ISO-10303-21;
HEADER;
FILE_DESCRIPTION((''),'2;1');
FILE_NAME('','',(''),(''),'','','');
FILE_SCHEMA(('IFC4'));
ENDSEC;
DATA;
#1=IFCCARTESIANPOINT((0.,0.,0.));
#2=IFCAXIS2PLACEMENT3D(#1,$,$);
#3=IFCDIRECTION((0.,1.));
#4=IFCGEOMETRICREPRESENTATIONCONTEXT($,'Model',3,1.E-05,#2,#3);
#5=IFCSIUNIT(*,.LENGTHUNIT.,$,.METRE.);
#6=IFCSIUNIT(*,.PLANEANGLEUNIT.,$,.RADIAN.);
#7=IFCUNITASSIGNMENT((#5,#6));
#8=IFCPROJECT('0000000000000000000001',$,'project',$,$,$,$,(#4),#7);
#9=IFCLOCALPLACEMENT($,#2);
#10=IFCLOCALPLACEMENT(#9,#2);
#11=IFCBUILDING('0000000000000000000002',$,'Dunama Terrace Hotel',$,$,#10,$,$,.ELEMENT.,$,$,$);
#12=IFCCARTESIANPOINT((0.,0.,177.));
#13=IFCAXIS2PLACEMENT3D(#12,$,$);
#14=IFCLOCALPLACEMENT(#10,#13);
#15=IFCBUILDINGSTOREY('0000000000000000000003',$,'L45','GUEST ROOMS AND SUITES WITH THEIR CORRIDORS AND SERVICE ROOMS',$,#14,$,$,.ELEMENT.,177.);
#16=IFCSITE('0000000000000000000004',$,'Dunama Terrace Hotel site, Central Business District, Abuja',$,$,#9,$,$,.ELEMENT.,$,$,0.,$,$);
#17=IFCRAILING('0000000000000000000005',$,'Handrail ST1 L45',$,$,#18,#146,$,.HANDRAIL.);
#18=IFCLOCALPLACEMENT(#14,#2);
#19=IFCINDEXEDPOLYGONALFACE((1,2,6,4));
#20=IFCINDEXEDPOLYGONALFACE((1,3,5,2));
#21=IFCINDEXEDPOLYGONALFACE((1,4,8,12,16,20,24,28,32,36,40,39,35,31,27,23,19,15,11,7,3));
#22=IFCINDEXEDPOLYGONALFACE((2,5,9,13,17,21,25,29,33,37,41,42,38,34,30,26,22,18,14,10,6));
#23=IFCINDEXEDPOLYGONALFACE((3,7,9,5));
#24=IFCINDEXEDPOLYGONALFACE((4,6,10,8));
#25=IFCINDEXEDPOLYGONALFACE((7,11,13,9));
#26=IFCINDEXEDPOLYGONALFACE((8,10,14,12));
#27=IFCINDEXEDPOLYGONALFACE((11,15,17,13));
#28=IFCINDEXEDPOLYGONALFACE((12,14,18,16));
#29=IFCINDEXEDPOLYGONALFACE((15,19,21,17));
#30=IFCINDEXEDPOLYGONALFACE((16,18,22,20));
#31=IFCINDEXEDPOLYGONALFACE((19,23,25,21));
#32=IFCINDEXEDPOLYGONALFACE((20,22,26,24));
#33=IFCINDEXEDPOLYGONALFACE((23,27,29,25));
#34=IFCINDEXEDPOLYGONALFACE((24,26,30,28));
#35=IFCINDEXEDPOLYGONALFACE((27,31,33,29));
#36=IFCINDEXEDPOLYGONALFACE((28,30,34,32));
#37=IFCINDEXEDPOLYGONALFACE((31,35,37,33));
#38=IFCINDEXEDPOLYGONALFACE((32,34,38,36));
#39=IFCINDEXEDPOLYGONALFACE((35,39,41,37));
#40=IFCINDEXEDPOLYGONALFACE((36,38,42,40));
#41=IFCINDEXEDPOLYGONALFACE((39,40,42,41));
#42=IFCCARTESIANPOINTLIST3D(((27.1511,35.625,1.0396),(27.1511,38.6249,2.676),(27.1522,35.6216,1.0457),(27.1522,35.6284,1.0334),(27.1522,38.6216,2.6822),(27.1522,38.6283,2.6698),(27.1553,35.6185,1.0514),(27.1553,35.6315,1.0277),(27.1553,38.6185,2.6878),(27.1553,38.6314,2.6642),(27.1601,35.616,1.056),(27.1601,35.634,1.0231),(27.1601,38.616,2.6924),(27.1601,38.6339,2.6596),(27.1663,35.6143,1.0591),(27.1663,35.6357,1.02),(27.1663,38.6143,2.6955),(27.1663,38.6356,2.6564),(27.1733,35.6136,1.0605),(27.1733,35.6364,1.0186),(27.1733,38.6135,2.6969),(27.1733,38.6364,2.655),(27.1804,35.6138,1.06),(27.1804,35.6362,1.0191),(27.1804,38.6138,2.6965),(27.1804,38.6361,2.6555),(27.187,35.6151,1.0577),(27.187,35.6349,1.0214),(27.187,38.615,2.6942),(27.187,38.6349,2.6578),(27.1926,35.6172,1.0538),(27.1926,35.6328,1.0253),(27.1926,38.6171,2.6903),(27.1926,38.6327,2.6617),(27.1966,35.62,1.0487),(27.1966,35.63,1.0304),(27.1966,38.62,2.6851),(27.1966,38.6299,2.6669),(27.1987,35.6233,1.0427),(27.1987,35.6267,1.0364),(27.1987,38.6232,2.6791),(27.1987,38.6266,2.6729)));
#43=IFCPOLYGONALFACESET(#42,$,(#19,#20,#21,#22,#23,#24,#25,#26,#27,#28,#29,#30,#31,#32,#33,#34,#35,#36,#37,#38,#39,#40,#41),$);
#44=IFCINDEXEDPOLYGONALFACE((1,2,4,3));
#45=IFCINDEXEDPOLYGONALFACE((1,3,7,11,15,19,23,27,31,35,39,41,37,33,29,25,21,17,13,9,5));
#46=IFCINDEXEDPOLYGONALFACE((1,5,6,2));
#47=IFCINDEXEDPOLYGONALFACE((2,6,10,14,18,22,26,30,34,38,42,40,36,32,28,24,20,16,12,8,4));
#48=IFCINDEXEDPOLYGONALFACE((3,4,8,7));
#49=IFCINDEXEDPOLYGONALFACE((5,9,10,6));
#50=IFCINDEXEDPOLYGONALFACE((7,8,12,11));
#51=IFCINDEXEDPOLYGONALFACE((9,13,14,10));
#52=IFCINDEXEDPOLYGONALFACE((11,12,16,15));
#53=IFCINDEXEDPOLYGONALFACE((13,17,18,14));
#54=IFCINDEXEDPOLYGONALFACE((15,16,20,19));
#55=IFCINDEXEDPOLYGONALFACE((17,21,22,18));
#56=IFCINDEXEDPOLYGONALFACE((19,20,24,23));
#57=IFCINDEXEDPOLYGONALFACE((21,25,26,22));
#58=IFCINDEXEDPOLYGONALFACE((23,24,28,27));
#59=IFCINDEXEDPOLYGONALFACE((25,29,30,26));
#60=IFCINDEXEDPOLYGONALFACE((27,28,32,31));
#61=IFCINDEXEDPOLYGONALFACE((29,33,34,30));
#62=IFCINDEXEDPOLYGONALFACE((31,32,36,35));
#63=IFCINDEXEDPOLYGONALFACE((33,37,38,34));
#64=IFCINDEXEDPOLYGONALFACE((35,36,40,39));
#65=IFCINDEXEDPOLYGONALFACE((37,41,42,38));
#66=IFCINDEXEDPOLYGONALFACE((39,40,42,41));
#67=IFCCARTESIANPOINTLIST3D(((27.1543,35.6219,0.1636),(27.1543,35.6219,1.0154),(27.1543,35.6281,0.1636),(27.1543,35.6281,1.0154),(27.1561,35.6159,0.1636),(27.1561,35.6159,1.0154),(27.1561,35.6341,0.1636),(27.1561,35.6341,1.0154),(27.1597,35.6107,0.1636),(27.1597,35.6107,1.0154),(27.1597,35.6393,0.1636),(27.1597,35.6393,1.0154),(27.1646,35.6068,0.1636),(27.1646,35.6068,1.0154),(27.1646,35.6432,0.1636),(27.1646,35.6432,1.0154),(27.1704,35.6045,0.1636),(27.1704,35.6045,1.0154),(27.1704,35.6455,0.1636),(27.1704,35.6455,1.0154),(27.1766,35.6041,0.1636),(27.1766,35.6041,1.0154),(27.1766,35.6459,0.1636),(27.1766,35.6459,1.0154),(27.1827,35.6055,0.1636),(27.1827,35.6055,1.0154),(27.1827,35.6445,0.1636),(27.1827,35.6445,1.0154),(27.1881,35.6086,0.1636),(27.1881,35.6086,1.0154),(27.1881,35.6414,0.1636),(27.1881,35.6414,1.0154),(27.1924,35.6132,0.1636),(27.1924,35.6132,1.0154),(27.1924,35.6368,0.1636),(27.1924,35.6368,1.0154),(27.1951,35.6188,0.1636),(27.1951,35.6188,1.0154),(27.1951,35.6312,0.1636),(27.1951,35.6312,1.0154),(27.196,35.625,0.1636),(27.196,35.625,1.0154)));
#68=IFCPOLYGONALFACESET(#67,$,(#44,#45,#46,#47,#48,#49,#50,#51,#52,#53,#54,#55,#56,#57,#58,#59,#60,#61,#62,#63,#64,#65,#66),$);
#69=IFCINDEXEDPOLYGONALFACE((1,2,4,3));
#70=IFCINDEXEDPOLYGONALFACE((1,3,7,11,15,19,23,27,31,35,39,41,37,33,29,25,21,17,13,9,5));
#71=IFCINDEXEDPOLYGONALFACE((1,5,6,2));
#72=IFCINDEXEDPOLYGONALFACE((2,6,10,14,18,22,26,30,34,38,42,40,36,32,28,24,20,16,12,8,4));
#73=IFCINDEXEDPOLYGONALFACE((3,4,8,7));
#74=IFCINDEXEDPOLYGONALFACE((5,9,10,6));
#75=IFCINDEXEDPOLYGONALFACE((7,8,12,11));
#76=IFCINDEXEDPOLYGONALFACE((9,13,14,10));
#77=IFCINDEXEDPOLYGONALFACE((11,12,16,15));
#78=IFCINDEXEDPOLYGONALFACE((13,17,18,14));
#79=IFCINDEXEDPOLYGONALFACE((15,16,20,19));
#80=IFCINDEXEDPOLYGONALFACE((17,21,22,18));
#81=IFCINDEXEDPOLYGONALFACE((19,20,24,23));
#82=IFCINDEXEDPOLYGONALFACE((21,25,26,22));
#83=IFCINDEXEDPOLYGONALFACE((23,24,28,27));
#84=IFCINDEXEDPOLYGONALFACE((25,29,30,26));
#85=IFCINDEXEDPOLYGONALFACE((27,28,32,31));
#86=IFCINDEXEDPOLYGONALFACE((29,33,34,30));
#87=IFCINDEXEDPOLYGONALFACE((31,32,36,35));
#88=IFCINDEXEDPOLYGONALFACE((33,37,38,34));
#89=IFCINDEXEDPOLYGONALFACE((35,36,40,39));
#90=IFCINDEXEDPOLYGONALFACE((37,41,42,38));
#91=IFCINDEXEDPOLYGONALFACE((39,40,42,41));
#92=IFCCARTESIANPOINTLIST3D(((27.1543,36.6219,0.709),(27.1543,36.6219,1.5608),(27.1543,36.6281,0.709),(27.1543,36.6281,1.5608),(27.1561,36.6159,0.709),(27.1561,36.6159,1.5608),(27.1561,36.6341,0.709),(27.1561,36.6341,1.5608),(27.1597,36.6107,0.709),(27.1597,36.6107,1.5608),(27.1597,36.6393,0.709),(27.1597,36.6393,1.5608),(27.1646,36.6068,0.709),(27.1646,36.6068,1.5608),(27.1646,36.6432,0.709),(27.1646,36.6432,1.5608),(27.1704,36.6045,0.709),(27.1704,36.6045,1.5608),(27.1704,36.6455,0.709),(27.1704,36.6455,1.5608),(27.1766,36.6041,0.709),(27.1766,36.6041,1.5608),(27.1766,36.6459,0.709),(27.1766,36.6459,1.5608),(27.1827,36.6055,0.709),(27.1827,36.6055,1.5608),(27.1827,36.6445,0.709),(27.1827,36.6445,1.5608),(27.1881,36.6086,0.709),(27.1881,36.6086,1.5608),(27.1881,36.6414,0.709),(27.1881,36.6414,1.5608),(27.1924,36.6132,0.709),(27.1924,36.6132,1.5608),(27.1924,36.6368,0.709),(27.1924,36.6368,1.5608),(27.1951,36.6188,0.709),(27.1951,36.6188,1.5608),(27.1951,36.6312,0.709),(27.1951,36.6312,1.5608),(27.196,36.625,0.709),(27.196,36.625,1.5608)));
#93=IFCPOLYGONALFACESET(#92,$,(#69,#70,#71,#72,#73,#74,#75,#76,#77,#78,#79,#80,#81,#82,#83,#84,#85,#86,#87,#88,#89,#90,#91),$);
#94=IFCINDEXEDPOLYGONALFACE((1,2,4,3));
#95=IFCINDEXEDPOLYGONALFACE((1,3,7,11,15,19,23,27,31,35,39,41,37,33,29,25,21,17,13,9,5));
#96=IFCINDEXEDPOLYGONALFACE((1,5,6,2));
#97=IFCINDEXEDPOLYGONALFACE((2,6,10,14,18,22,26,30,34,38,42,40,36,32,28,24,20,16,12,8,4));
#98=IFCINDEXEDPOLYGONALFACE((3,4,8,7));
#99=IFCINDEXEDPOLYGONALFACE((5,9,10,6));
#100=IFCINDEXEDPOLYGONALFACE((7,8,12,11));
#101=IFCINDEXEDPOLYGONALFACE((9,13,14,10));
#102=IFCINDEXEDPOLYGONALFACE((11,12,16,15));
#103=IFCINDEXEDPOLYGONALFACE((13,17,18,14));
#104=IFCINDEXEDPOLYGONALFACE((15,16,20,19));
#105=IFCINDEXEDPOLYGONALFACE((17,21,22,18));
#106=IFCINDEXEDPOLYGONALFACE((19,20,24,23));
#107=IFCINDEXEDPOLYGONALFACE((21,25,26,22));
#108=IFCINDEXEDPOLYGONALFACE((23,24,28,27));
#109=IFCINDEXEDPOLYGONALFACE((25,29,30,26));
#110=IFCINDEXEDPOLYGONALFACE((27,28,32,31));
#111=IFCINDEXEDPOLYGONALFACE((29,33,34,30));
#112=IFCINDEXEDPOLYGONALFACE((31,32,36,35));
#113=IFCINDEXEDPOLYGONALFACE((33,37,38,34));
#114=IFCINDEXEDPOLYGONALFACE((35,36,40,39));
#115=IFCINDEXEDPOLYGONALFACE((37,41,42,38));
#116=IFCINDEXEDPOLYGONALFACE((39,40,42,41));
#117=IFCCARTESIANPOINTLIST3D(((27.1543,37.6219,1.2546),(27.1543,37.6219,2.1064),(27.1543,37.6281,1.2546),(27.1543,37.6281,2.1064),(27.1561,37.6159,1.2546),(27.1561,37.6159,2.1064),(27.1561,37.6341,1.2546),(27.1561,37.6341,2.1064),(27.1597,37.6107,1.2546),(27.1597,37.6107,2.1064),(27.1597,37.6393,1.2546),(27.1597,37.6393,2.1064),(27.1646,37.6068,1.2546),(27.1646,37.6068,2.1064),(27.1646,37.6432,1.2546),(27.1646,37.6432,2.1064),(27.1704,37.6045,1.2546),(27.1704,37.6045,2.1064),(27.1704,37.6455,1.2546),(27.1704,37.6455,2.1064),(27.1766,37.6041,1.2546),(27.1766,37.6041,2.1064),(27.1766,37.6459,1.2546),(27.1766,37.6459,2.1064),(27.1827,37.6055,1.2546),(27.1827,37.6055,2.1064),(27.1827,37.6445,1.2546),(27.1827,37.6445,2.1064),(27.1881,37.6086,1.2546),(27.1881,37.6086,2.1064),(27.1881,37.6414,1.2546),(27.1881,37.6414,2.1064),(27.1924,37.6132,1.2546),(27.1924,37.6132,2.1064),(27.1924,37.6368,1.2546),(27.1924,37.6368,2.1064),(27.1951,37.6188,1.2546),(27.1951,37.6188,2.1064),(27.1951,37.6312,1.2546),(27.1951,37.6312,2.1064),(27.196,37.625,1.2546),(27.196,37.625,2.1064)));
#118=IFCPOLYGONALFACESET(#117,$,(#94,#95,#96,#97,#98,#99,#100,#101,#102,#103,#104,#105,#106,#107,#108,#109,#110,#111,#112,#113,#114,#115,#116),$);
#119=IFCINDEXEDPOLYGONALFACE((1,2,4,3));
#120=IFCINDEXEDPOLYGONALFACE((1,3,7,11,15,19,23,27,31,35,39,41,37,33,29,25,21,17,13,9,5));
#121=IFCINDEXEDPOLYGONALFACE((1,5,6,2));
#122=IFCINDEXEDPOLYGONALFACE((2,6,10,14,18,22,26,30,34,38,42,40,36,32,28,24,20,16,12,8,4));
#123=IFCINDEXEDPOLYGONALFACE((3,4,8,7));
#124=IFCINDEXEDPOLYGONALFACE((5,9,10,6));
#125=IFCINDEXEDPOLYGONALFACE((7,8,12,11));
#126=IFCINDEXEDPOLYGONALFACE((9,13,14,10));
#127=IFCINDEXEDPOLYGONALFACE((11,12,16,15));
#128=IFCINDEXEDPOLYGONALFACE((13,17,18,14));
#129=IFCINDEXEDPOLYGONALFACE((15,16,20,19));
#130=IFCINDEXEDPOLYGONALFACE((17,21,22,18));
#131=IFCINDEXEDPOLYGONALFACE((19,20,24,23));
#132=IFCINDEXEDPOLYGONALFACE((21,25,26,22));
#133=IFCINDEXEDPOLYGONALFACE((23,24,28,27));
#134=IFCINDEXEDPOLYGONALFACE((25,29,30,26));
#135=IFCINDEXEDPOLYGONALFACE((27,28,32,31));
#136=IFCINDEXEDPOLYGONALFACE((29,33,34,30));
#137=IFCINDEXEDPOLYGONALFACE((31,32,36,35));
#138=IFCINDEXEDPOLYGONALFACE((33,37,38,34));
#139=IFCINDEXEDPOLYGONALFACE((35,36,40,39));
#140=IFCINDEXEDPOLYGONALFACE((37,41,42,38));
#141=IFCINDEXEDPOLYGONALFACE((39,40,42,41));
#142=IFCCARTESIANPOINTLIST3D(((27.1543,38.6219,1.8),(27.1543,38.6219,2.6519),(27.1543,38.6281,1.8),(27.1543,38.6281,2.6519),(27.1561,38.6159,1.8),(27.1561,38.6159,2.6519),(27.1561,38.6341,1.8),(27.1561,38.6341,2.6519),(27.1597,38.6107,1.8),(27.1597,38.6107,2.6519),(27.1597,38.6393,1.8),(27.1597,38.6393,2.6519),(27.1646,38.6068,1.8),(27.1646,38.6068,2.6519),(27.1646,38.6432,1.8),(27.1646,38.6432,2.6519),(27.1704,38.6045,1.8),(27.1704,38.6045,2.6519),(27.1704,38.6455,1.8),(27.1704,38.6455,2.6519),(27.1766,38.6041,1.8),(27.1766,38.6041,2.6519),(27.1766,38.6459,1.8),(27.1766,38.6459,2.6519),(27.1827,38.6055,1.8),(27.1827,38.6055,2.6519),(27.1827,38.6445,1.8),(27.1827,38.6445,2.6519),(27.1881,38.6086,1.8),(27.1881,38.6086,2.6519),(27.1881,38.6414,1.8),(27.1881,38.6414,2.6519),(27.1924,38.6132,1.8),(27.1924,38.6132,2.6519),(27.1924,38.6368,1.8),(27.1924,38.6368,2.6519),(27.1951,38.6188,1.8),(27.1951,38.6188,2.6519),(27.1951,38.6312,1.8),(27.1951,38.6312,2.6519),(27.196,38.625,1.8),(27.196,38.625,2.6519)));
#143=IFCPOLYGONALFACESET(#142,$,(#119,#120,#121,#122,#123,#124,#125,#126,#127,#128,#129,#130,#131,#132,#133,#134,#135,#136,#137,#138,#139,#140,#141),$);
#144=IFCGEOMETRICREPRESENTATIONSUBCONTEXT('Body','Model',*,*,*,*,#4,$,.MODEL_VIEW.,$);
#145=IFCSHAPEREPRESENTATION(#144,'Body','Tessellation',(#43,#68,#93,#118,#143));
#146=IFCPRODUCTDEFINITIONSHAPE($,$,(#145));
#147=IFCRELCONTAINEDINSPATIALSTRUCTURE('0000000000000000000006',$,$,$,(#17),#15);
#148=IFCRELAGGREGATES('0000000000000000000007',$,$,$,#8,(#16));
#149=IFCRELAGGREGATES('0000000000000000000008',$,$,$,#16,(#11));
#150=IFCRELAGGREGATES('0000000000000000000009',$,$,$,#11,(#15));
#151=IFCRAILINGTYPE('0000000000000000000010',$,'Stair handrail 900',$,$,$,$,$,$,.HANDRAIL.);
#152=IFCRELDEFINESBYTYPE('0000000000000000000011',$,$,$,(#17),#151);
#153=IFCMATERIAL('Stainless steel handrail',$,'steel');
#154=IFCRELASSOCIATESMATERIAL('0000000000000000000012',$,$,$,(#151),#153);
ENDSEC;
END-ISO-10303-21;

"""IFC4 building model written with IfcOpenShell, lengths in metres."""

from ifc_helpers import new_model, si_unit, direction, frame, origin, origin_2d, place, context, subcontext, project, spatial, circle, extrude, material, type_object, element, save


model = new_model("IFC4")

# Units and contexts
model_context = context("Model", 3, precision=1e-05, world=origin(), true_north=direction((0.0, 1.0)))
body_context = subcontext(model_context, "Body", "Model", "MODEL_VIEW")
ifc_project = project(units=[si_unit("LENGTHUNIT", "METRE"), si_unit("PLANEANGLEUNIT", "RADIAN")], contexts=[model_context])

# Site, building, storey
site_placement = place(None, origin())
site = spatial("IfcSite", under=ifc_project, at=site_placement, Name="Dunama Terrace Hotel site, Central Business District, Abuja", CompositionType="ELEMENT", RefElevation=0.0)
building_placement = place(site_placement, origin())
building = spatial("IfcBuilding", under=site, at=building_placement, Name="Dunama Terrace Hotel", CompositionType="ELEMENT")
storey_placement = place(building_placement, frame((0.0, 0.0, 177.0)))
storey = spatial("IfcBuildingStorey", under=building, at=storey_placement, Name="L45", Description="GUEST ROOMS AND SUITES WITH THEIR CORRIDORS AND SERVICE ROOMS", CompositionType="ELEMENT", Elevation=177.0)

# Railing
ifc_material_1 = material(Name="Stainless steel handrail", Category="steel")
railing_type = type_object("IfcRailingType", Name="Stair handrail 900", PredefinedType="HANDRAIL", material=ifc_material_1)
railing_1_placement = place(storey_placement, frame((27.175, 35.625, 0.1636)))
element("IfcRailing", 1, at=railing_1_placement, inside=storey, type_object=railing_type, Name="Handrail ST1 L45", PredefinedType="HANDRAIL", context=body_context, shape_type="SweptSolid", body=[
    extrude(circle(Radius=0.0239, at=origin_2d()), frame((0.0, 0.0, 0.876), z_axis=(0.0, 0.877882, 0.478877), x_axis=(-1.0, 0.0, 0.0)), (0.0, 0.0, 1.0), 3.4172),
    extrude(circle(Radius=0.021, at=origin_2d()), origin(), (0.0, 0.0, 1.0), 0.8518),
    extrude(circle(Radius=0.021, at=origin_2d()), frame((0.0, 1.0, 0.5454)), (0.0, 0.0, 1.0), 0.8518),
    extrude(circle(Radius=0.021, at=origin_2d()), frame((0.0, 2.0, 1.0911)), (0.0, 0.0, 1.0), 0.8518),
    extrude(circle(Radius=0.021, at=origin_2d()), frame((0.0, 3.0, 1.6365)), (0.0, 0.0, 1.0), 0.8518),
])

save(model, "model.ifc")
